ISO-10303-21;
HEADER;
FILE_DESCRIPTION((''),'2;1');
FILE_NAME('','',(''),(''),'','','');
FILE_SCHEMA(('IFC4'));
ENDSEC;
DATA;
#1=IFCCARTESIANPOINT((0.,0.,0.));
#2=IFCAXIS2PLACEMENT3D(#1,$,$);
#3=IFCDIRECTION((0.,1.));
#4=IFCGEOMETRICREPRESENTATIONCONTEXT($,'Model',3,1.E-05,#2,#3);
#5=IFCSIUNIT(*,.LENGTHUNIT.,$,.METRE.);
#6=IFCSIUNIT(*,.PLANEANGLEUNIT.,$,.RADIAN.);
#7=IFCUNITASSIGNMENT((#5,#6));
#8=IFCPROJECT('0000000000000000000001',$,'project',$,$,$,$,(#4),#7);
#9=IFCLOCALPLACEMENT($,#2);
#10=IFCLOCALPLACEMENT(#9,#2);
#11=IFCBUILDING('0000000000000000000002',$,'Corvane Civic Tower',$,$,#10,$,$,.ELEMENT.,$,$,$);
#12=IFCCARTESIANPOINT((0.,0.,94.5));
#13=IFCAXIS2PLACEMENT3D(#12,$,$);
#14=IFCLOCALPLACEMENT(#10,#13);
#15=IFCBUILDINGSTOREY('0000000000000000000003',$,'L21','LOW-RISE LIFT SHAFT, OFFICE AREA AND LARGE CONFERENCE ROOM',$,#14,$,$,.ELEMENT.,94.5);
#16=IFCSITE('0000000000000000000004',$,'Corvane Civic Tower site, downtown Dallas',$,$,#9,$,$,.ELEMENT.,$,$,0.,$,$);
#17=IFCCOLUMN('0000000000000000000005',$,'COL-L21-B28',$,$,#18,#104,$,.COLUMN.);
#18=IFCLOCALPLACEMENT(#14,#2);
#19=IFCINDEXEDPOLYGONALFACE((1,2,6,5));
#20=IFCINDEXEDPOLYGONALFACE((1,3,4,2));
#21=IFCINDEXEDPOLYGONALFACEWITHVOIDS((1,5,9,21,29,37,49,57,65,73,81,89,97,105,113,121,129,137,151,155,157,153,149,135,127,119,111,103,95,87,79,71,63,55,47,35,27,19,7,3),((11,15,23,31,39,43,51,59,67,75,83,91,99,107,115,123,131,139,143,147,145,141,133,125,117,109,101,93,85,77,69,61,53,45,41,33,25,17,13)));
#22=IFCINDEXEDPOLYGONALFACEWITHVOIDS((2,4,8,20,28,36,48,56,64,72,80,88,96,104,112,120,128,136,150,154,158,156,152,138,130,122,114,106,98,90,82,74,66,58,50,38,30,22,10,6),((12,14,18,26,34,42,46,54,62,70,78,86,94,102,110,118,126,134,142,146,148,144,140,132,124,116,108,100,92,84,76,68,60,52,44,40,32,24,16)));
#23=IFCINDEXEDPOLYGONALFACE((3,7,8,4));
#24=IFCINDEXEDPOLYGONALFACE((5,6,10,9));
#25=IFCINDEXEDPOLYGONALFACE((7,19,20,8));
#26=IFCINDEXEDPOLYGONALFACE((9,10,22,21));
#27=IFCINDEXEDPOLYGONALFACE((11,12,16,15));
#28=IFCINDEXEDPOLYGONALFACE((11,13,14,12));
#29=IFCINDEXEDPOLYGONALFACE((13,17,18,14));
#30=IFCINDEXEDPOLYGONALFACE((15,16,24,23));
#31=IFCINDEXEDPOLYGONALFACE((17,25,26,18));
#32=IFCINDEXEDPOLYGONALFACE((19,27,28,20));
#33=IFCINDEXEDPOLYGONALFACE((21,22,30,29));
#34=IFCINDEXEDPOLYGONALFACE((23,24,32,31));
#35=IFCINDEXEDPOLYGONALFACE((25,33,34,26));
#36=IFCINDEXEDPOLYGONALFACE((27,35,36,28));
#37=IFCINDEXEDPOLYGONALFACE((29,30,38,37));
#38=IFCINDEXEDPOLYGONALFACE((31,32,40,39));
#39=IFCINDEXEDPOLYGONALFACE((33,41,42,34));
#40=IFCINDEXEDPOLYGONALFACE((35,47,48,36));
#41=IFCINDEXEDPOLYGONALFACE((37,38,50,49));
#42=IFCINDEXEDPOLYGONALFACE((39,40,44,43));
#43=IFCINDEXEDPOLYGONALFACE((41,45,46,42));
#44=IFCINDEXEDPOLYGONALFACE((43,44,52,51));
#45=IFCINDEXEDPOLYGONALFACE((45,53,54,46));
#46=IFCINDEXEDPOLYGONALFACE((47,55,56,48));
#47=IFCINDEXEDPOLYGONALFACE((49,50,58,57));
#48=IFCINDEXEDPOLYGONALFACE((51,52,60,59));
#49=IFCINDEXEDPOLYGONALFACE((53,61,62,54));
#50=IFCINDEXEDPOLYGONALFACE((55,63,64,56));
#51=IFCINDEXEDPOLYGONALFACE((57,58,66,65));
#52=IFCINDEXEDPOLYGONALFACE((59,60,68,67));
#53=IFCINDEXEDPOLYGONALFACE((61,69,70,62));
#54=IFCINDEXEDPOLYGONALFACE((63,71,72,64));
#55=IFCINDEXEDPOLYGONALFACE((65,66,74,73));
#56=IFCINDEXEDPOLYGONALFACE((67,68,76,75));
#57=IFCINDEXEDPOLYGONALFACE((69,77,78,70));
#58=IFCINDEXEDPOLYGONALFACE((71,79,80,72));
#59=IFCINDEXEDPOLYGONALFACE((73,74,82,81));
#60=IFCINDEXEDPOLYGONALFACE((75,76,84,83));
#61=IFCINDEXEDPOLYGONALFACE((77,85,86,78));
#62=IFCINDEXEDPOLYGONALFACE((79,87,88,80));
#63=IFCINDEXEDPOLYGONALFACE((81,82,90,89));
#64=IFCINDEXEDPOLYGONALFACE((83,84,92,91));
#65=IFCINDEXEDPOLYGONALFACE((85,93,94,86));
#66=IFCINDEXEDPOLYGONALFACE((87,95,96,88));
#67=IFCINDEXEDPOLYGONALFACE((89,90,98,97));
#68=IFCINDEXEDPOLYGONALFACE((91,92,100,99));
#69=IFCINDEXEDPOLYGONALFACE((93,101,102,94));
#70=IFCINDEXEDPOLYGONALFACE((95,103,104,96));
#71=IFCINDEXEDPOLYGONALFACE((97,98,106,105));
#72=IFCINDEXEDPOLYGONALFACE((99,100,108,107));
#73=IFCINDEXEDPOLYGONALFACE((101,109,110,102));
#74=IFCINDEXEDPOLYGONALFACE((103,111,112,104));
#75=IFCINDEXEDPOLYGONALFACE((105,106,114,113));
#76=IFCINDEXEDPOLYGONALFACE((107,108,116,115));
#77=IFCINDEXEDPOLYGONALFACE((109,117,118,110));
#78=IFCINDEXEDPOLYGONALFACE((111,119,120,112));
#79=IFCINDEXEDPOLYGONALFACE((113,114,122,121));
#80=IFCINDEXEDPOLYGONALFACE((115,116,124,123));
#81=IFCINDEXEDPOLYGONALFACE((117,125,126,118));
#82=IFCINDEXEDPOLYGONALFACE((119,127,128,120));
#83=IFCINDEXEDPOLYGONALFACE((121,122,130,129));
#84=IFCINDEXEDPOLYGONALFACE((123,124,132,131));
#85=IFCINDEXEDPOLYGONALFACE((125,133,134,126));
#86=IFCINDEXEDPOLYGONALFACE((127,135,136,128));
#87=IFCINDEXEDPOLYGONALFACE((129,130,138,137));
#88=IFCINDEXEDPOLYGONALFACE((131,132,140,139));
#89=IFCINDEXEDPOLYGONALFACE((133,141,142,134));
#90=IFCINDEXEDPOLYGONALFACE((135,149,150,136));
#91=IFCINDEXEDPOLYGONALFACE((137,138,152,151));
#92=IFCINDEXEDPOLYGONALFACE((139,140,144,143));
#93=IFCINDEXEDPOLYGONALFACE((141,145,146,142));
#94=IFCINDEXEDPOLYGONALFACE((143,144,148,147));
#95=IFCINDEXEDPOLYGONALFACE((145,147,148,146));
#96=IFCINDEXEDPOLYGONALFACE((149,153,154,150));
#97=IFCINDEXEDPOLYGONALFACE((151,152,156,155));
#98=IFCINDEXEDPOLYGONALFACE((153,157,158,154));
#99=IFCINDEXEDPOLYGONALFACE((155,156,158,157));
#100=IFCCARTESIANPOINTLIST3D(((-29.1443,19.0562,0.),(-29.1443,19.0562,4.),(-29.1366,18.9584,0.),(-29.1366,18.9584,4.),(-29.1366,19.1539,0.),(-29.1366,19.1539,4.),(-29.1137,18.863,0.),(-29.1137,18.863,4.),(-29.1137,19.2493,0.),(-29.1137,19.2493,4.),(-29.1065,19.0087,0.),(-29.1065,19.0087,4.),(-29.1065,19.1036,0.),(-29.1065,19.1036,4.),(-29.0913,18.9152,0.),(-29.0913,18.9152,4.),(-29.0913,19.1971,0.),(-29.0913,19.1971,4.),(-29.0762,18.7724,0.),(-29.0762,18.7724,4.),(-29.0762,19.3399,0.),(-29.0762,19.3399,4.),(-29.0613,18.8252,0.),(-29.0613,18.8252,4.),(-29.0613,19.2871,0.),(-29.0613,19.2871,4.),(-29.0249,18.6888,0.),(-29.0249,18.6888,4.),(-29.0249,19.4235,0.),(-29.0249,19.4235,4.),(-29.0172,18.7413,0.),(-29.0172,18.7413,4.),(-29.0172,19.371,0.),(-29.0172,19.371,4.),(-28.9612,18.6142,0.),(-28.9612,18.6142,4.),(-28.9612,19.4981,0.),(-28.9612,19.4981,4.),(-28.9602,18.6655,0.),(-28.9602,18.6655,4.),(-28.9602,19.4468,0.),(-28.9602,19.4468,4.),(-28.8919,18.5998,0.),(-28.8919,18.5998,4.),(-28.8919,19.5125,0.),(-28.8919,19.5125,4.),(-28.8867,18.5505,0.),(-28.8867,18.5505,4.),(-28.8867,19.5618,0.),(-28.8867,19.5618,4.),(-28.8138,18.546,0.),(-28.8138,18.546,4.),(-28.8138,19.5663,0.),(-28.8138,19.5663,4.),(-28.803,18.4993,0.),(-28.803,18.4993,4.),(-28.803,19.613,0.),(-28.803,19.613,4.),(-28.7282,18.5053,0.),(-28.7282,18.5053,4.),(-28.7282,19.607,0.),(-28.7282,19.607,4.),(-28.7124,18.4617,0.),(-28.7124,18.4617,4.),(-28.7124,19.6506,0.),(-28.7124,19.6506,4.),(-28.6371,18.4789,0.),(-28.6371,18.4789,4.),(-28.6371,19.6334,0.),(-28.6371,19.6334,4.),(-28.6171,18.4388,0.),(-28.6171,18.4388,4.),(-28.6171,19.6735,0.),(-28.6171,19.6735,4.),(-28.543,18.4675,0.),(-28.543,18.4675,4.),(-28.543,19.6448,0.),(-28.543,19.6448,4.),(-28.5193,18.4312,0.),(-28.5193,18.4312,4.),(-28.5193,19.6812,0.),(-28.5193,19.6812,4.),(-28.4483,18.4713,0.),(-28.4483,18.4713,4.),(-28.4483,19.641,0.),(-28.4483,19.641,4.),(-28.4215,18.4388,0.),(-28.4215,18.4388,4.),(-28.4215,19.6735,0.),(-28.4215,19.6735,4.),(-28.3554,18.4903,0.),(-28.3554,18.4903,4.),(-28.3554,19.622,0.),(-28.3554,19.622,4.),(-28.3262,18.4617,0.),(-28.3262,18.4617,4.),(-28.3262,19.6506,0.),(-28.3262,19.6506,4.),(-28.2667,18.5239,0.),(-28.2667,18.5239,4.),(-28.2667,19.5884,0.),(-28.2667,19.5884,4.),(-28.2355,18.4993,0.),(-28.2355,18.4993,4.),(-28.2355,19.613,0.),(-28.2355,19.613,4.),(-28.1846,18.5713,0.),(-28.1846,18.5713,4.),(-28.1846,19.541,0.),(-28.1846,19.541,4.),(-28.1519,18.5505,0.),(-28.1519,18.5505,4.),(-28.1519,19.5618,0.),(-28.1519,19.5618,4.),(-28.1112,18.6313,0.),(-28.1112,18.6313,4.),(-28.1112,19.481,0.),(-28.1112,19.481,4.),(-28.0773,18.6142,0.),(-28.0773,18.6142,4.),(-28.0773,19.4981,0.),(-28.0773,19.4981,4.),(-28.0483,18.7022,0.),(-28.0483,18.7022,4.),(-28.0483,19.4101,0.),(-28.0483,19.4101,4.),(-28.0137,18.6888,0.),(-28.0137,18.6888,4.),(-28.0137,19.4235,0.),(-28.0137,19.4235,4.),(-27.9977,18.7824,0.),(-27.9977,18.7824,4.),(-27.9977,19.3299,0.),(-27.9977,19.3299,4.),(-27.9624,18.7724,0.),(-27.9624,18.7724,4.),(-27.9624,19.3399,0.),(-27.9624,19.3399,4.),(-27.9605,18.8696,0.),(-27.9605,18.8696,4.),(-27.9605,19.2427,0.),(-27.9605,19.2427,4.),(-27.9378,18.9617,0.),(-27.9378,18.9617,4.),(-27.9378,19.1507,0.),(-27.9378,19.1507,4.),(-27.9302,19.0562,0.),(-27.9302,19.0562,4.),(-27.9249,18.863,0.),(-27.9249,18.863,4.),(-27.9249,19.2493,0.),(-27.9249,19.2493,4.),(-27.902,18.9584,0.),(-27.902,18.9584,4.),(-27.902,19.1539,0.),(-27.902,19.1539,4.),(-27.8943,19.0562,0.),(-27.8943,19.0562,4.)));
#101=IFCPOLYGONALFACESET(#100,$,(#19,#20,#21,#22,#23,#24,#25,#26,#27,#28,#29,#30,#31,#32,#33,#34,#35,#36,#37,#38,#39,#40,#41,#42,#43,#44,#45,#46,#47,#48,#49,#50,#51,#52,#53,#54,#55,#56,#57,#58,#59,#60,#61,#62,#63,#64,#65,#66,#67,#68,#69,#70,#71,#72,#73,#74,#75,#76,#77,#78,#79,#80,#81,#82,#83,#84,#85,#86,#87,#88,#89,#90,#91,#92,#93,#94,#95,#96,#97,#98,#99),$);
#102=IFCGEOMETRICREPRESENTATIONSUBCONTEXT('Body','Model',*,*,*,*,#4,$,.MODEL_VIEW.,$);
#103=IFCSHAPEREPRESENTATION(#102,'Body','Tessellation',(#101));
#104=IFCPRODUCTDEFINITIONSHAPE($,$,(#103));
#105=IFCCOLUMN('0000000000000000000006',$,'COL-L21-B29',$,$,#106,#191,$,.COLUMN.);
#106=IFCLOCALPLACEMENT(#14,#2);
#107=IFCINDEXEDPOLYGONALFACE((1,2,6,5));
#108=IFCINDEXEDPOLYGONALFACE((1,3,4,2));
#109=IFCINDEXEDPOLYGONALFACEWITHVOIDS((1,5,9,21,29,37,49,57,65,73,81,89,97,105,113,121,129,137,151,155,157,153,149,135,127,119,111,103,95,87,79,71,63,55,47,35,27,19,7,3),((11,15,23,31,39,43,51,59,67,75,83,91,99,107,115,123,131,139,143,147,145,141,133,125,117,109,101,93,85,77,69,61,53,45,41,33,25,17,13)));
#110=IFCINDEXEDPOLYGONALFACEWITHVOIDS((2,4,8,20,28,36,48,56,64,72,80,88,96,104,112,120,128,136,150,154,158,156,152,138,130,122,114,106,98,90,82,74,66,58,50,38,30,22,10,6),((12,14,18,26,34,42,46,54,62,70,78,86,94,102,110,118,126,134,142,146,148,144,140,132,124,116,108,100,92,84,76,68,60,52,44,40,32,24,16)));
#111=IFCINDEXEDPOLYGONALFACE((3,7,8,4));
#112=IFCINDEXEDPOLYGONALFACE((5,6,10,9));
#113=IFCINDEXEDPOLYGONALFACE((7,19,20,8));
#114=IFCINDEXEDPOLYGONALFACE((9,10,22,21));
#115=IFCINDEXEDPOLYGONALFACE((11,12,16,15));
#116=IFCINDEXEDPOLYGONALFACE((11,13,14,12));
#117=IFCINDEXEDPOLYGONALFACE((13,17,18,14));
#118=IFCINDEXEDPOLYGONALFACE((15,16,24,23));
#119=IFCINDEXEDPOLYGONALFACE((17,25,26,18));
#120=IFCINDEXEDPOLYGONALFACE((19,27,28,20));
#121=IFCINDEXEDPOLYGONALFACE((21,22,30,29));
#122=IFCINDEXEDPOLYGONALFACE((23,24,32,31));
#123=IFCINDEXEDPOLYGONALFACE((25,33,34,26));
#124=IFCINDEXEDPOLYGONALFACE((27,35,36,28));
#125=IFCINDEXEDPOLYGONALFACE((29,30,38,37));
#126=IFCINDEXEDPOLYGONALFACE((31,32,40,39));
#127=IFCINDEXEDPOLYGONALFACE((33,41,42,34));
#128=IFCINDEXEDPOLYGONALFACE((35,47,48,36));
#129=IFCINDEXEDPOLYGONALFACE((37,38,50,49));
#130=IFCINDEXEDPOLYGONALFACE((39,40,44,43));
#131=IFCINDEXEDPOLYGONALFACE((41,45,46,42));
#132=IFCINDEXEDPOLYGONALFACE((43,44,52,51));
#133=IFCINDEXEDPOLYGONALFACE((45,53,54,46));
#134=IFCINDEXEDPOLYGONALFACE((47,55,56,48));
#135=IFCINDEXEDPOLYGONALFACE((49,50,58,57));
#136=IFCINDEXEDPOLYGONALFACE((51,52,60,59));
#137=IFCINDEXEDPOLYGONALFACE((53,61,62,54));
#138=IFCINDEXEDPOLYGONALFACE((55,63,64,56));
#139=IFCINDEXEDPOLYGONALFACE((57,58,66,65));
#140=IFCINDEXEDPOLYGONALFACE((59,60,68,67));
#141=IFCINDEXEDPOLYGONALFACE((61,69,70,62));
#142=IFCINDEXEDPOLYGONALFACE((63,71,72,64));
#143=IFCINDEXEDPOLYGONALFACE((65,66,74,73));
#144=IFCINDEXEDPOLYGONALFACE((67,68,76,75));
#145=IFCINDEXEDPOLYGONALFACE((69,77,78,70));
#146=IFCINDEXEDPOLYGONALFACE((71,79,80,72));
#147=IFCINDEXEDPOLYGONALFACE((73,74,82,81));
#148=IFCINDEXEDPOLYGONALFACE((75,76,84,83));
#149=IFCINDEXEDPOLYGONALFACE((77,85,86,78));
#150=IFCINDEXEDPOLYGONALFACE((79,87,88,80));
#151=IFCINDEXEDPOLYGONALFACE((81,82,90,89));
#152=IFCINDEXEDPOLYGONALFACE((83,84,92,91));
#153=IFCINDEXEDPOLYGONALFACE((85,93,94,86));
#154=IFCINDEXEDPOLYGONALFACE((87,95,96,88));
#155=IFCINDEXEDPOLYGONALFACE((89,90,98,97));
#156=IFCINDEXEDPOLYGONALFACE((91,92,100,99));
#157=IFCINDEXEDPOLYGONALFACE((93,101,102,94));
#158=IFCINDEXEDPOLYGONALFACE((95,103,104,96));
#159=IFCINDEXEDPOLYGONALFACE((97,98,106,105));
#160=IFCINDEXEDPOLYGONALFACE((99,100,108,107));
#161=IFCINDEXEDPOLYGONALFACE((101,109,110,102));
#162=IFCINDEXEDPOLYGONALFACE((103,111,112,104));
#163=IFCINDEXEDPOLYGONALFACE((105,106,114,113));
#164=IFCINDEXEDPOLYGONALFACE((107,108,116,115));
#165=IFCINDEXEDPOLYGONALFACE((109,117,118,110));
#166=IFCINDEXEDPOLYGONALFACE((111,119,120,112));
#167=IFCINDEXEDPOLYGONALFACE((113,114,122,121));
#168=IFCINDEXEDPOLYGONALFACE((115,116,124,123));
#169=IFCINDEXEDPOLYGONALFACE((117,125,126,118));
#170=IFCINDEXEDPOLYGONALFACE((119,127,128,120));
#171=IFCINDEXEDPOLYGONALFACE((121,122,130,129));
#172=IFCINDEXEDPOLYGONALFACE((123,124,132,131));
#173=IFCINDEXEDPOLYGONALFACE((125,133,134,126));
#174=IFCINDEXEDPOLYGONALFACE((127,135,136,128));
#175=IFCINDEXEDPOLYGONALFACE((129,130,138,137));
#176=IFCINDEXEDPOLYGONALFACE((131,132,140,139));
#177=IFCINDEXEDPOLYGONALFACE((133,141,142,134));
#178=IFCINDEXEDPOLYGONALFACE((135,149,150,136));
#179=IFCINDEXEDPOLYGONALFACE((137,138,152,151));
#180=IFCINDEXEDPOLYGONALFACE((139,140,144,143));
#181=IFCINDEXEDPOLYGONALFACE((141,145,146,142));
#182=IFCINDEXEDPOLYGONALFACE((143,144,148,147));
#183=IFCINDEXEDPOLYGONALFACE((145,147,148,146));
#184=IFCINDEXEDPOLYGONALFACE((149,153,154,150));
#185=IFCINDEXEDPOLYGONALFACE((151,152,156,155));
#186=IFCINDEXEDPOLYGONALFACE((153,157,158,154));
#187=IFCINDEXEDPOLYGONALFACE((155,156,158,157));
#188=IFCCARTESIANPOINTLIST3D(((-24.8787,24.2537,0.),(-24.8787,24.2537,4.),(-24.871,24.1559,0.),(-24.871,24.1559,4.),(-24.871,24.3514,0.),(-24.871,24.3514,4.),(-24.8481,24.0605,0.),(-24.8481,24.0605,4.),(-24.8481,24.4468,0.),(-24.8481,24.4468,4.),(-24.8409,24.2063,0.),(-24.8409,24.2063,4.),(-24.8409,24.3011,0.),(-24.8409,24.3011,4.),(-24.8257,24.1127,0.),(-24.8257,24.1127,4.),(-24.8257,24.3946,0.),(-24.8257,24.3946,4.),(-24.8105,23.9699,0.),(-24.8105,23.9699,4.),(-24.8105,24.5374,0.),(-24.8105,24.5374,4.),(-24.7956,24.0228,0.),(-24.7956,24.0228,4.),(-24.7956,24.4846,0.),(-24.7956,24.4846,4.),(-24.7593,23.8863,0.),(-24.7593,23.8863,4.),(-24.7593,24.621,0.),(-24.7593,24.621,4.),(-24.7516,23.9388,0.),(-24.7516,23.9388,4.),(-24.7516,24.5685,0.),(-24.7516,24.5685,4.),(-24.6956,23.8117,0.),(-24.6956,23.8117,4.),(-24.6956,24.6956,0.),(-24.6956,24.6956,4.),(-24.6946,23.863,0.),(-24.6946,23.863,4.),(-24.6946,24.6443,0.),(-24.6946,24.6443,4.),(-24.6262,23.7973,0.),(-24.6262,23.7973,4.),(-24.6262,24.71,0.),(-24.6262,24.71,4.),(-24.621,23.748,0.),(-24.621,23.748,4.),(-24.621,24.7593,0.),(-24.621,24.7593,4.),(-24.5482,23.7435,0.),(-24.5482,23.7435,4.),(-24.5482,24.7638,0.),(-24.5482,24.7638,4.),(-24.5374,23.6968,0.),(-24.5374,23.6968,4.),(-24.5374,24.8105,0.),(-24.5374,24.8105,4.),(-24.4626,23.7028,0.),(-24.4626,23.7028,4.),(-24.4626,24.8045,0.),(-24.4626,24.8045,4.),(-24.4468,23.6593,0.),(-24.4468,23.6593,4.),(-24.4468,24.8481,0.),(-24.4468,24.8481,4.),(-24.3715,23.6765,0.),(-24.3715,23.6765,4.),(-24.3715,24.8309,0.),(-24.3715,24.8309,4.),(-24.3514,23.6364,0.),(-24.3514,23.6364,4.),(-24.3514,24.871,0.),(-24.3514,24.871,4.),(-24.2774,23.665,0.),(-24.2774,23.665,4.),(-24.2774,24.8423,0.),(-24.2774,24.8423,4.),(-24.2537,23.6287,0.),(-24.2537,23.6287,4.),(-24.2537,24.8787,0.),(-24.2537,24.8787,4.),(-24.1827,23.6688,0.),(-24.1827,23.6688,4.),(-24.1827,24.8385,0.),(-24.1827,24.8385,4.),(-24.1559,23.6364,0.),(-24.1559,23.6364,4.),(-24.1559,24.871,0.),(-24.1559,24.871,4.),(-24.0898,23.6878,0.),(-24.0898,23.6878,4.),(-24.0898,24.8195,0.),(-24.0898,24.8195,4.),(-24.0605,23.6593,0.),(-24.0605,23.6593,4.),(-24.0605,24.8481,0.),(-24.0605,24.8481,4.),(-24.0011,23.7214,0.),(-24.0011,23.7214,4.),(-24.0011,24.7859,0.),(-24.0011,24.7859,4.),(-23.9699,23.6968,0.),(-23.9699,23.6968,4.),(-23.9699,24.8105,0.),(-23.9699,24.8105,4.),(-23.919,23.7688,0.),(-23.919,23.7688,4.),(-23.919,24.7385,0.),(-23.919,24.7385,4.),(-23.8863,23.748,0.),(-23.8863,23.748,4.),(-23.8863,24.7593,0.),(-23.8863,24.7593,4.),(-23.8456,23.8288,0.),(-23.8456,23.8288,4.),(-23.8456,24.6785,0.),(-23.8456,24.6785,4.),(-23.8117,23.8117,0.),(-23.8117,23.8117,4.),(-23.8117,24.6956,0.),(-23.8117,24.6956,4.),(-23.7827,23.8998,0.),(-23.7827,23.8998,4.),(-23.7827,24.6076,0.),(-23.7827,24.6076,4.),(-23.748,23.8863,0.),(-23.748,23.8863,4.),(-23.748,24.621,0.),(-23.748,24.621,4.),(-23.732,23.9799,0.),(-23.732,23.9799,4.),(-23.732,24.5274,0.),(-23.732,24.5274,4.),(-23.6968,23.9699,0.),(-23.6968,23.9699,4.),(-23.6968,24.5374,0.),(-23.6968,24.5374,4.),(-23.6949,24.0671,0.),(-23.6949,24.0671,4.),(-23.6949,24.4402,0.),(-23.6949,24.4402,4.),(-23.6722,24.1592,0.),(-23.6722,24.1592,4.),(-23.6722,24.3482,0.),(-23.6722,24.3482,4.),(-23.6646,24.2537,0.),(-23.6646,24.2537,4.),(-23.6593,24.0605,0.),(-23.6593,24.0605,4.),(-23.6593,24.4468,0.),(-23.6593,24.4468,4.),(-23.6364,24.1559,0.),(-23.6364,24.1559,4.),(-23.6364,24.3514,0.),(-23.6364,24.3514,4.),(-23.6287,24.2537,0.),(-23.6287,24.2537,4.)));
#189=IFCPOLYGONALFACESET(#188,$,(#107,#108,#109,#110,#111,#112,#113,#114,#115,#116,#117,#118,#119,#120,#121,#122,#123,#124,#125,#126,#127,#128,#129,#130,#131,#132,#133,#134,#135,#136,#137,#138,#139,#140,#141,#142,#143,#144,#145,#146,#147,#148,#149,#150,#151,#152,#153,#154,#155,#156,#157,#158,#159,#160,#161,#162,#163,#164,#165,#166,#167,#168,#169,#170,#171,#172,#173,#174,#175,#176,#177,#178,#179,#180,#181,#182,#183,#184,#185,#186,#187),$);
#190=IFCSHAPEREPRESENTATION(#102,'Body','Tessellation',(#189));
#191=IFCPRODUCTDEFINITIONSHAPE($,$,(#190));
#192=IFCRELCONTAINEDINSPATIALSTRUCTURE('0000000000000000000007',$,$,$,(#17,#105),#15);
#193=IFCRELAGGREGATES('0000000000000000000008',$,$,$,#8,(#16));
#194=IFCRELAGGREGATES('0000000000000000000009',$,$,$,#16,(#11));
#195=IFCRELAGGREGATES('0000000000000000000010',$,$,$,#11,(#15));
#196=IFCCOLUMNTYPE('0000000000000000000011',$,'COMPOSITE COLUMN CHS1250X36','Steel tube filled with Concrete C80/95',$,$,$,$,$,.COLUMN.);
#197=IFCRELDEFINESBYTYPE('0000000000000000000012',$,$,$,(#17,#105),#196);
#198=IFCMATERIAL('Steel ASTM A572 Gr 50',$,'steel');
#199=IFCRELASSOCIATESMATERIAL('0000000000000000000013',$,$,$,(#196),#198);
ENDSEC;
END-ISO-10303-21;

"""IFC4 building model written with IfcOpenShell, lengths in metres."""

from ifc_helpers import new_model, si_unit, direction, frame, origin, origin_2d, place, context, subcontext, project, spatial, hollow_circle, extrude, material, material_profile, profile_set, type_object, element, save


model = new_model("IFC4")

# Units and contexts
model_context = context("Model", 3, precision=1e-05, world=origin(), true_north=direction((0.0, 1.0)))
body_context = subcontext(model_context, "Body", "Model", "MODEL_VIEW")
ifc_project = project(units=[si_unit("LENGTHUNIT", "METRE"), si_unit("PLANEANGLEUNIT", "RADIAN")], contexts=[model_context])

# Site, building, storey
site_placement = place(None, origin())
site = spatial("IfcSite", under=ifc_project, at=site_placement, Name="Corvane Civic Tower site, downtown Dallas", CompositionType="ELEMENT", RefElevation=0.0)
building_placement = place(site_placement, origin())
building = spatial("IfcBuilding", under=site, at=building_placement, Name="Corvane Civic Tower", CompositionType="ELEMENT")
storey_placement = place(building_placement, frame((0.0, 0.0, 94.5)))
storey = spatial("IfcBuildingStorey", under=building, at=storey_placement, Name="L21", Description="LOW-RISE LIFT SHAFT, OFFICE AREA AND LARGE CONFERENCE ROOM", CompositionType="ELEMENT", Elevation=94.5)

# Columns
ifc_material_1 = material(Name="Steel ASTM A572 Gr 50", Category="steel")
ifc_material_profile_1 = material_profile(ifc_material_1, hollow_circle(Radius=0.625, WallThickness=0.0359, at=origin_2d()), Name="CHS1250X36")
ifc_profile_set_1 = profile_set([ifc_material_profile_1], Name="Steel ASTM A572 Gr 50")
column_type = type_object("IfcColumnType", Name="COMPOSITE COLUMN CHS1250X36", Description="Steel tube filled with Concrete C80/95", PredefinedType="COLUMN", material=ifc_profile_set_1)
for number, where, z_axis, x_axis, name in (
    (1, (-28.5193, 19.0562, 0.0), (0.0, 0.0, 1.0), (1.0, 0.0, 0.0), "COL-L21-B28"),
    (2, (-24.2537, 24.2537, 0.0), (0.0, 0.0, 1.0), (1.0, 0.0, 0.0), "COL-L21-B29"),
):
    element("IfcColumn", number, at=place(storey_placement, frame(where, z_axis=z_axis, x_axis=x_axis)), inside=storey, type_object=column_type, Name=name, PredefinedType="COLUMN", context=body_context, shape_type="SweptSolid", body=[
        extrude(hollow_circle(Radius=0.625, WallThickness=0.0359, at=origin_2d()), origin(), (0.0, 0.0, 1.0), 4.0),
    ])

save(model, "model.ifc")
